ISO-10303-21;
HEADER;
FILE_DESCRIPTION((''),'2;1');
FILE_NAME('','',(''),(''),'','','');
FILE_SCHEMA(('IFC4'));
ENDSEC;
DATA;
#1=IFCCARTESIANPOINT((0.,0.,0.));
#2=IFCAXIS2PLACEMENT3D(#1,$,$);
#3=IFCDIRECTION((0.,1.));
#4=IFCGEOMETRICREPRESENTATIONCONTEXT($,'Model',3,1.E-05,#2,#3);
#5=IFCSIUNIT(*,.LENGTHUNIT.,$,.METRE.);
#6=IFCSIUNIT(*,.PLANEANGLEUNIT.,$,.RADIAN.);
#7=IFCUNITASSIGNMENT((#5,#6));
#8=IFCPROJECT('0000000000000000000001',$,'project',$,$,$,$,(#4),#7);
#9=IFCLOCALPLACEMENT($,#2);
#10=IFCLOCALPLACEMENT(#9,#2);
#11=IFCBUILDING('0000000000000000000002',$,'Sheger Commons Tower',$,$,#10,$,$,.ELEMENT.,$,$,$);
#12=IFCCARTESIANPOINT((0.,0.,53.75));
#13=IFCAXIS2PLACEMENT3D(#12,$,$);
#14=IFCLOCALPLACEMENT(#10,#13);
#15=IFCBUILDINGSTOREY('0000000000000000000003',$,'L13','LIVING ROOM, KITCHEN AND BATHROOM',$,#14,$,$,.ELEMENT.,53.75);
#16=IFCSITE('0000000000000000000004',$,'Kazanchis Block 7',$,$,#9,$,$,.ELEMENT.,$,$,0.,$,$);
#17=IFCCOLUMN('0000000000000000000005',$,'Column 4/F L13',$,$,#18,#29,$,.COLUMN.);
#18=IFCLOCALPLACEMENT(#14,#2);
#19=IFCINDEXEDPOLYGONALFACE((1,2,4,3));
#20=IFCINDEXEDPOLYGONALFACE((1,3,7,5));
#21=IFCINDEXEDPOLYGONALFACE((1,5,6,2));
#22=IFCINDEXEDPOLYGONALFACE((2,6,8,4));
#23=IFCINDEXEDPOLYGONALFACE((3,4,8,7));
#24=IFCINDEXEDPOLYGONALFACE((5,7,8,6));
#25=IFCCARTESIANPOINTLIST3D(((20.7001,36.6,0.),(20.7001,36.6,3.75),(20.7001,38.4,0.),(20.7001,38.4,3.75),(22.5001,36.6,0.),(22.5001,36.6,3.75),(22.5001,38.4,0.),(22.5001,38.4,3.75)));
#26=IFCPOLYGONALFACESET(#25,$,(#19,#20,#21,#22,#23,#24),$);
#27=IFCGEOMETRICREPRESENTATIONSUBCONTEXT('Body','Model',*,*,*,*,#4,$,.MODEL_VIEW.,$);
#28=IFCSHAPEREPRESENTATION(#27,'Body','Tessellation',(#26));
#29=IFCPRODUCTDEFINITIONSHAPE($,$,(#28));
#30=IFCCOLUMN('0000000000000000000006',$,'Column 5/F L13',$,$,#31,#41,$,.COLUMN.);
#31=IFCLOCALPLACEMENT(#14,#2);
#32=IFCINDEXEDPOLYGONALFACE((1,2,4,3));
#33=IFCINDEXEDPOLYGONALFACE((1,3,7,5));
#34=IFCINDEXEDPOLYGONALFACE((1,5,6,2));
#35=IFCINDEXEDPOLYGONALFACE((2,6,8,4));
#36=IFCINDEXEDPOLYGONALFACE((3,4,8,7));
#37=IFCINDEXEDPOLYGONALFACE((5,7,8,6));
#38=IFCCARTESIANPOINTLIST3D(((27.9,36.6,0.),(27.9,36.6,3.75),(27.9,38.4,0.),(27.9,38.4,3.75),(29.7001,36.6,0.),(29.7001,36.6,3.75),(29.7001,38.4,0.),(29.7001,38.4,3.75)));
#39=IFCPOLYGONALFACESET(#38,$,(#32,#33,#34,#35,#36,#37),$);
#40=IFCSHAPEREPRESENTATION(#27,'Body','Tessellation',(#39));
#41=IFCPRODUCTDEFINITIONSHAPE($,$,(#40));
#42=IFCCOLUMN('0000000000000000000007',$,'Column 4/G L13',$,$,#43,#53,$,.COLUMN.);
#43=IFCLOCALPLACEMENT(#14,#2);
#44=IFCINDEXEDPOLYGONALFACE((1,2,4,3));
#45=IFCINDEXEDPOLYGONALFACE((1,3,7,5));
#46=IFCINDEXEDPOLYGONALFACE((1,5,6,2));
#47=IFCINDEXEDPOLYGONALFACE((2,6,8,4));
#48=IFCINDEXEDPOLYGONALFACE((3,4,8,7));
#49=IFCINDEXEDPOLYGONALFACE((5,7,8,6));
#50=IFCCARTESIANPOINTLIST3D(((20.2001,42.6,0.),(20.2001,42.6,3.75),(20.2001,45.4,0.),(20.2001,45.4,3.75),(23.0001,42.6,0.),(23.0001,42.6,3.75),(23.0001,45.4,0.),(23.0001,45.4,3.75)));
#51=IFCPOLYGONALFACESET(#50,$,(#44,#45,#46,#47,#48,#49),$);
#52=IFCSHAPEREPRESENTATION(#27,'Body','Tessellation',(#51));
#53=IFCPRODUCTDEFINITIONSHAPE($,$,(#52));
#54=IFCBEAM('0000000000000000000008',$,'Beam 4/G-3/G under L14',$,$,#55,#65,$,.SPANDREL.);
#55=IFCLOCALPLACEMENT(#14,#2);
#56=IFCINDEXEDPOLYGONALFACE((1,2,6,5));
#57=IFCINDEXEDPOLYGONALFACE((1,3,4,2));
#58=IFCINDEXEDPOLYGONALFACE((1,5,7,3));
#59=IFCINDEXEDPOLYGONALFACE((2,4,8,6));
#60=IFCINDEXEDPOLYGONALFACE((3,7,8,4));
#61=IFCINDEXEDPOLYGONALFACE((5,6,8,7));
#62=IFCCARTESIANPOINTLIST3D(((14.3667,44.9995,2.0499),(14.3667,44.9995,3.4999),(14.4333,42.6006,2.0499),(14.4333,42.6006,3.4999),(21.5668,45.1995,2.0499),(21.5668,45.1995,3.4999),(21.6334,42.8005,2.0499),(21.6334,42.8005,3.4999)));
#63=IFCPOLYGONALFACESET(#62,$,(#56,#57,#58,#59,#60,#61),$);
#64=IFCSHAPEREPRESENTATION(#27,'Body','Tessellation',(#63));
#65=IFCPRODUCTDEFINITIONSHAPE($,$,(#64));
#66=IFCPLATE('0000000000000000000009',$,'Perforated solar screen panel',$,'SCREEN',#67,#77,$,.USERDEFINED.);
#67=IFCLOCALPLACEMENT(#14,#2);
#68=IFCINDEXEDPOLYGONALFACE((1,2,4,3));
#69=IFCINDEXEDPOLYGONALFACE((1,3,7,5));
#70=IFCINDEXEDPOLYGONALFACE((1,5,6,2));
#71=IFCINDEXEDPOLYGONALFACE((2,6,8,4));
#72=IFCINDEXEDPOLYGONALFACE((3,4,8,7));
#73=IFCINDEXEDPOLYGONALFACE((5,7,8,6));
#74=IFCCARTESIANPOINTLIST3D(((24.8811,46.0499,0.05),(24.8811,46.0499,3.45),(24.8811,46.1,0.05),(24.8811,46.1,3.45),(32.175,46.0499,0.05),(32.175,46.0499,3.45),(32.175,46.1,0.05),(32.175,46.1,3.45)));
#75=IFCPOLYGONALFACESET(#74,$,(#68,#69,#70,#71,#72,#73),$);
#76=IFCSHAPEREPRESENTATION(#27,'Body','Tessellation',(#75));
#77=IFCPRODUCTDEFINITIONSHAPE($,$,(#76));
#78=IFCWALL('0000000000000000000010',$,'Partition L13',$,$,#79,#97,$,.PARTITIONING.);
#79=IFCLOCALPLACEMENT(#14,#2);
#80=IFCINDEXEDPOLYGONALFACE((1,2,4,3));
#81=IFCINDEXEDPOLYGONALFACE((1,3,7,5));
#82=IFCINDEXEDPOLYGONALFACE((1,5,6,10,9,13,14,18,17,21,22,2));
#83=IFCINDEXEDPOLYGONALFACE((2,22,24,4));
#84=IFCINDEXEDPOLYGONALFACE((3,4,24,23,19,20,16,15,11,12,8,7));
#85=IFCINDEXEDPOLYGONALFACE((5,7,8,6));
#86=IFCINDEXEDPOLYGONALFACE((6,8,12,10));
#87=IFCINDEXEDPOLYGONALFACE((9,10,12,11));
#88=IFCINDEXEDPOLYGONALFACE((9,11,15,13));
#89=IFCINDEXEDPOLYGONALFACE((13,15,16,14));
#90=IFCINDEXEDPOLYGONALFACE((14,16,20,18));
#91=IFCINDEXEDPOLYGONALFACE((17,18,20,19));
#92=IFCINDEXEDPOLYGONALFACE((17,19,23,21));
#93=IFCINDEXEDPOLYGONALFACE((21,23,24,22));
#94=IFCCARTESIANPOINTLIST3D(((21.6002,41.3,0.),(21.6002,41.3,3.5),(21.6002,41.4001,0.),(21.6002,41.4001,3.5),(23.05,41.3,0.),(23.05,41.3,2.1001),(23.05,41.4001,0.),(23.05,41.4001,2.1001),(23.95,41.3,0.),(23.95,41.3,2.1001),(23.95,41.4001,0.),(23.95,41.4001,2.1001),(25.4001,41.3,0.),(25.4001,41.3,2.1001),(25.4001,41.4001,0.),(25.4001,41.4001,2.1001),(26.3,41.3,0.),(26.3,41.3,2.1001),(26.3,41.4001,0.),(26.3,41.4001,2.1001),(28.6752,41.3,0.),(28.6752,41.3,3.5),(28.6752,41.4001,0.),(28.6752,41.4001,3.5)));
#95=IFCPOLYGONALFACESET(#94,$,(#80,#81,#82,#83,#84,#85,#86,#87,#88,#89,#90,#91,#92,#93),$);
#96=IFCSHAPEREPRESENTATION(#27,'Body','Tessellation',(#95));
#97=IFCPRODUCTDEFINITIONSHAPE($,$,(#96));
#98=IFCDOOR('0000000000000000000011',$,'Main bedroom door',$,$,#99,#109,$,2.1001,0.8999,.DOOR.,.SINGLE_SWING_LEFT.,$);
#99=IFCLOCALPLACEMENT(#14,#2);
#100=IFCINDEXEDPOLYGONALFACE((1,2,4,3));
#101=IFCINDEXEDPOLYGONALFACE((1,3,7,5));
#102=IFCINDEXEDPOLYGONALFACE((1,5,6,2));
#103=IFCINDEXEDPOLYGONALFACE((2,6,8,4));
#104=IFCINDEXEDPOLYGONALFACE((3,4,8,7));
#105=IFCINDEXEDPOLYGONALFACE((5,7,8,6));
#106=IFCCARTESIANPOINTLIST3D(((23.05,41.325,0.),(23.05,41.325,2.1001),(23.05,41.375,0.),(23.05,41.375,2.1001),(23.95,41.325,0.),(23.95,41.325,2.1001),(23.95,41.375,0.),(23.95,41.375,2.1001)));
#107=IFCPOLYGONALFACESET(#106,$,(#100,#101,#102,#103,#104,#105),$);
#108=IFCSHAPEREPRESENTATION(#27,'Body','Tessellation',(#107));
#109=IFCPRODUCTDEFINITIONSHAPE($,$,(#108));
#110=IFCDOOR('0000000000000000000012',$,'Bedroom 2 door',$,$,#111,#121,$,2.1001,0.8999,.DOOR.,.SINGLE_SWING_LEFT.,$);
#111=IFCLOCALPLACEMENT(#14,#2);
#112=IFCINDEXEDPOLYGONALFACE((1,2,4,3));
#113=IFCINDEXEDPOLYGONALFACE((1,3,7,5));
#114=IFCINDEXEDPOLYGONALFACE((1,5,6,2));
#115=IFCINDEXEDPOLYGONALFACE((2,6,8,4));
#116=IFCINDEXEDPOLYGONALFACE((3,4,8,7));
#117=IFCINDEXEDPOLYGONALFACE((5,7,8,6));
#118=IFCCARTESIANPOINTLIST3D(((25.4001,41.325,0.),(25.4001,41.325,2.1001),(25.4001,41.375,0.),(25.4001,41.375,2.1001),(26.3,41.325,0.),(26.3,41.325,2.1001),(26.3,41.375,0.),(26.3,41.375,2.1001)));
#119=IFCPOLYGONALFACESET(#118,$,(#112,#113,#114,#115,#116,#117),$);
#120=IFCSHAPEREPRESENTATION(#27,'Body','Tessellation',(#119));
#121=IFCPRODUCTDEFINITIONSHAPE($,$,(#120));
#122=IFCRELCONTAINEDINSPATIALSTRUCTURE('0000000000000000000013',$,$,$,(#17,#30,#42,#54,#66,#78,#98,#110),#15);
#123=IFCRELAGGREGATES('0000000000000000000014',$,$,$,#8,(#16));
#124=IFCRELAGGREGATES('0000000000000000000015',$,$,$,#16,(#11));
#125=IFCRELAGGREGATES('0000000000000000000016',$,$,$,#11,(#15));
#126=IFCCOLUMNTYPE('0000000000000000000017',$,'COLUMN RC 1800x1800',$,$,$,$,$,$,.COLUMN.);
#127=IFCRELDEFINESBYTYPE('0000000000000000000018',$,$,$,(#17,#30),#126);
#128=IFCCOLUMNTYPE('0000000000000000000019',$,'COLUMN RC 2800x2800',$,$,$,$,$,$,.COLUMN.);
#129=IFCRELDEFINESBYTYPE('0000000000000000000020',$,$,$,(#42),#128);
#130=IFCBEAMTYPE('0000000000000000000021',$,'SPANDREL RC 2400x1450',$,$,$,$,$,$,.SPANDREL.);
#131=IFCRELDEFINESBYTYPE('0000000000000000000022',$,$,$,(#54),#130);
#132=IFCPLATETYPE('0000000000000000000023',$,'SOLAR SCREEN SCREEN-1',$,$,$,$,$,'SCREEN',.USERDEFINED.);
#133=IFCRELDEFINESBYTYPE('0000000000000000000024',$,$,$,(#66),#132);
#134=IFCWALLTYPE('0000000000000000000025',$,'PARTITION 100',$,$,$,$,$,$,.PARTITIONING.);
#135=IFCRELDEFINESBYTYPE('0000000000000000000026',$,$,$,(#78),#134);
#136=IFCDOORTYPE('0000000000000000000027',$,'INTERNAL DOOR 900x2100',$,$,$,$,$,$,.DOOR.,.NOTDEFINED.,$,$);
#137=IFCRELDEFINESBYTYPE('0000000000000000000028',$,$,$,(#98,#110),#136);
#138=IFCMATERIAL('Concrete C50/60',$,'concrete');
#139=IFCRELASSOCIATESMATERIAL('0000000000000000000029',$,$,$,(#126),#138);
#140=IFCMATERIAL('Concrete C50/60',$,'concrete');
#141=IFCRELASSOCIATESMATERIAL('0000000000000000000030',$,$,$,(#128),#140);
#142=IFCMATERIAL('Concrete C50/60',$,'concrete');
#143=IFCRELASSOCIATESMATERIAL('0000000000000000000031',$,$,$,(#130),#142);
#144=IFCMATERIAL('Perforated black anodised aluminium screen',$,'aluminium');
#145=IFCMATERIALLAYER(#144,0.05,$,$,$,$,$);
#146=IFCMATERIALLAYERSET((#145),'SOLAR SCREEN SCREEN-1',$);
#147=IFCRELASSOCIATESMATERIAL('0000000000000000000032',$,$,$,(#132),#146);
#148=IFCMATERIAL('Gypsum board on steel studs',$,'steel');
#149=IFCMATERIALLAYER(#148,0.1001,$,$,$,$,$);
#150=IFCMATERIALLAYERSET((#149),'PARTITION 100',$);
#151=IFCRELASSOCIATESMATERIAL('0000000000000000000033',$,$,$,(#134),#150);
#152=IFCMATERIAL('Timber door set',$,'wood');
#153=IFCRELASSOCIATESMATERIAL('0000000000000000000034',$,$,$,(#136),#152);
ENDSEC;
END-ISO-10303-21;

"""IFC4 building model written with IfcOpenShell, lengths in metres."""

from ifc_helpers import new_model, si_unit, direction, frame, frame_2d, origin, origin_2d, place, context, subcontext, project, spatial, rectangle, extrude, material, layer, layer_set, material_profile, profile_set, type_object, element, fill, save


model = new_model("IFC4")

# Units and contexts
model_context = context("Model", 3, precision=1e-05, world=origin(), true_north=direction((0.0, 1.0)))
body_context = subcontext(model_context, "Body", "Model", "MODEL_VIEW")
ifc_project = project(units=[si_unit("LENGTHUNIT", "METRE"), si_unit("PLANEANGLEUNIT", "RADIAN")], contexts=[model_context])

# Site, building, storey
site_placement = place(None, origin())
site = spatial("IfcSite", under=ifc_project, at=site_placement, Name="Kazanchis Block 7", CompositionType="ELEMENT", RefElevation=0.0)
building_placement = place(site_placement, origin())
building = spatial("IfcBuilding", under=site, at=building_placement, Name="Sheger Commons Tower", CompositionType="ELEMENT")
storey_placement = place(building_placement, frame((0.0, 0.0, 53.75)))
storey = spatial("IfcBuildingStorey", under=building, at=storey_placement, Name="L13", Description="LIVING ROOM, KITCHEN AND BATHROOM", CompositionType="ELEMENT", Elevation=53.75)

# Columns
ifc_material_1 = material(Name="Concrete C50/60", Category="concrete")
ifc_material_profile_1 = material_profile(ifc_material_1, rectangle(XDim=1.8, YDim=1.8, at=origin_2d()), Name="RC 1800x1800")
ifc_profile_set_1 = profile_set([ifc_material_profile_1], Name="Concrete C50/60")
column_type_1 = type_object("IfcColumnType", Name="COLUMN RC 1800x1800", PredefinedType="COLUMN", material=ifc_profile_set_1)
for number, where, z_axis, x_axis, name in (
    (1, (21.6001, 37.5, 0.0), (0.0, 0.0, 1.0), (1.0, 0.0, 0.0), "Column 4/F L13"),
    (2, (28.8, 37.5, 0.0), (0.0, 0.0, 1.0), (1.0, 0.0, 0.0), "Column 5/F L13"),
):
    element("IfcColumn", number, at=place(storey_placement, frame(where, z_axis=z_axis, x_axis=x_axis)), inside=storey, type_object=column_type_1, Name=name, PredefinedType="COLUMN", context=body_context, shape_type="SweptSolid", body=[
        extrude(rectangle(XDim=1.8, YDim=1.8, at=origin_2d()), origin(), (0.0, 0.0, 1.0), 3.75),
    ])
ifc_material_2 = material(Name="Concrete C50/60", Category="concrete")
ifc_material_profile_2 = material_profile(ifc_material_2, rectangle(XDim=2.8, YDim=2.8, at=origin_2d()), Name="RC 2800x2800")
ifc_profile_set_2 = profile_set([ifc_material_profile_2], Name="Concrete C50/60")
column_type_2 = type_object("IfcColumnType", Name="COLUMN RC 2800x2800", PredefinedType="COLUMN", material=ifc_profile_set_2)
column_placement = place(storey_placement, frame((21.6001, 44.0, 0.0), z_axis=(0.0, 0.0, 1.0), x_axis=(1.0, 0.0, 0.0)))
element("IfcColumn", 3, at=column_placement, inside=storey, type_object=column_type_2, Name="Column 4/G L13", PredefinedType="COLUMN", context=body_context, shape_type="SweptSolid", body=[
    extrude(rectangle(XDim=2.8, YDim=2.8, at=origin_2d()), origin(), (0.0, 0.0, 1.0), 3.75),
])

# Beam
ifc_material_3 = material(Name="Concrete C50/60", Category="concrete")
ifc_material_profile_3 = material_profile(ifc_material_3, rectangle(XDim=2.3999, YDim=1.45, at=origin_2d()), Name="RC 2400x1450")
ifc_profile_set_3 = profile_set([ifc_material_profile_3], Name="Concrete C50/60")
beam_type = type_object("IfcBeamType", Name="SPANDREL RC 2400x1450", PredefinedType="SPANDREL", material=ifc_profile_set_3)
beam_placement = place(storey_placement, frame((21.6001, 44.0, 2.7749), z_axis=(-0.999615, -0.02776, 0.0), x_axis=(0.02776, -0.999615, 0.0)))
element("IfcBeam", 4, at=beam_placement, inside=storey, type_object=beam_type, Name="Beam 4/G-3/G under L14", PredefinedType="SPANDREL", context=body_context, shape_type="SweptSolid", body=[
    extrude(rectangle(XDim=2.3999, YDim=1.45, at=origin_2d()), origin(), (0.0, 0.0, 1.0), 7.2029),
])

# Plate
ifc_material_4 = material(Name="Perforated black anodised aluminium screen", Category="aluminium")
ifc_layer_1 = layer(ifc_material_4, 0.05)
ifc_layer_set_1 = layer_set([ifc_layer_1], Name="SOLAR SCREEN SCREEN-1")
plate_type = type_object("IfcPlateType", Name="SOLAR SCREEN SCREEN-1", ElementType="SCREEN", PredefinedType="USERDEFINED", material=ifc_layer_set_1)
plate_placement = place(storey_placement, frame((28.5281, 46.075, 0.05), z_axis=(0.0, 0.0, 1.0), x_axis=(-1.0, 0.0, 0.0)))
element("IfcPlate", 5, at=plate_placement, inside=storey, type_object=plate_type, Name="Perforated solar screen panel", ObjectType="SCREEN", PredefinedType="USERDEFINED", context=body_context, shape_type="SweptSolid", body=[
    extrude(rectangle(XDim=7.2939, YDim=0.05, at=origin_2d()), origin(), (0.0, 0.0, 1.0), 3.3999),
])

# Wall, openings, doors
ifc_material_5 = material(Name="Gypsum board on steel studs", Category="steel")
ifc_layer_2 = layer(ifc_material_5, 0.1001)
ifc_layer_set_2 = layer_set([ifc_layer_2], Name="PARTITION 100")
wall_type = type_object("IfcWallType", Name="PARTITION 100", PredefinedType="PARTITIONING", material=ifc_layer_set_2)
wall_1_placement = place(storey_placement, frame((21.6001, 41.3501, 0.0), z_axis=(0.0, 0.0, 1.0), x_axis=(1.0, 0.0, 0.0)))
wall_1 = element("IfcWall", 6, at=wall_1_placement, inside=storey, type_object=wall_type, Name="Partition L13", PredefinedType="PARTITIONING", context=body_context, shape_type="SweptSolid", body=[
    extrude(rectangle(XDim=7.075, YDim=0.1001, at=frame_2d((3.5376, 0.0))), origin(), (0.0, 0.0, 1.0), 3.5),
])
opening_1_placement = place(wall_1_placement, frame((1.45, 0.0, 0.0)))
opening_1 = element("IfcOpeningElement", 7, at=opening_1_placement, cuts=wall_1, PredefinedType="OPENING", context=body_context, shape_type="SweptSolid", body=[
    extrude(rectangle(XDim=0.8999, YDim=2.1001, at=frame_2d((0.45, 1.05))), frame((0.0, 0.0601, 0.0), z_axis=(0.0, -1.0, 0.0), x_axis=(1.0, 0.0, 0.0)), (0.0, 0.0, 1.0), 0.1201),
])
opening_2_placement = place(wall_1_placement, frame((3.8, 0.0, 0.0)))
opening_2 = element("IfcOpeningElement", 8, at=opening_2_placement, cuts=wall_1, PredefinedType="OPENING", context=body_context, shape_type="SweptSolid", body=[
    extrude(rectangle(XDim=0.8999, YDim=2.1001, at=frame_2d((0.45, 1.05))), frame((0.0, 0.0601, 0.0), z_axis=(0.0, -1.0, 0.0), x_axis=(1.0, 0.0, 0.0)), (0.0, 0.0, 1.0), 0.1201),
])
ifc_material_6 = material(Name="Timber door set", Category="wood")
door_type = type_object("IfcDoorType", Name="INTERNAL DOOR 900x2100", OperationType="NOTDEFINED", PredefinedType="DOOR", material=ifc_material_6)
door_1_placement = place(opening_1_placement, origin())
door_1 = element("IfcDoor", 9, at=door_1_placement, inside=storey, type_object=door_type, Name="Main bedroom door", OperationType="SINGLE_SWING_LEFT", OverallHeight=2.1001, OverallWidth=0.8999, PredefinedType="DOOR", context=body_context, shape_type="SweptSolid", body=[
    extrude(rectangle(XDim=0.8999, YDim=2.1001, at=frame_2d((0.45, 1.05))), frame((0.0, 0.0249, 0.0), z_axis=(0.0, -1.0, 0.0), x_axis=(1.0, 0.0, 0.0)), (0.0, 0.0, 1.0), 0.05),
])
fill(opening_1, door_1)
door_2_placement = place(opening_2_placement, origin())
door_2 = element("IfcDoor", 10, at=door_2_placement, inside=storey, type_object=door_type, Name="Bedroom 2 door", OperationType="SINGLE_SWING_LEFT", OverallHeight=2.1001, OverallWidth=0.8999, PredefinedType="DOOR", context=body_context, shape_type="SweptSolid", body=[
    extrude(rectangle(XDim=0.8999, YDim=2.1001, at=frame_2d((0.45, 1.05))), frame((0.0, 0.0249, 0.0), z_axis=(0.0, -1.0, 0.0), x_axis=(1.0, 0.0, 0.0)), (0.0, 0.0, 1.0), 0.05),
])
fill(opening_2, door_2)

save(model, "model.ifc")
